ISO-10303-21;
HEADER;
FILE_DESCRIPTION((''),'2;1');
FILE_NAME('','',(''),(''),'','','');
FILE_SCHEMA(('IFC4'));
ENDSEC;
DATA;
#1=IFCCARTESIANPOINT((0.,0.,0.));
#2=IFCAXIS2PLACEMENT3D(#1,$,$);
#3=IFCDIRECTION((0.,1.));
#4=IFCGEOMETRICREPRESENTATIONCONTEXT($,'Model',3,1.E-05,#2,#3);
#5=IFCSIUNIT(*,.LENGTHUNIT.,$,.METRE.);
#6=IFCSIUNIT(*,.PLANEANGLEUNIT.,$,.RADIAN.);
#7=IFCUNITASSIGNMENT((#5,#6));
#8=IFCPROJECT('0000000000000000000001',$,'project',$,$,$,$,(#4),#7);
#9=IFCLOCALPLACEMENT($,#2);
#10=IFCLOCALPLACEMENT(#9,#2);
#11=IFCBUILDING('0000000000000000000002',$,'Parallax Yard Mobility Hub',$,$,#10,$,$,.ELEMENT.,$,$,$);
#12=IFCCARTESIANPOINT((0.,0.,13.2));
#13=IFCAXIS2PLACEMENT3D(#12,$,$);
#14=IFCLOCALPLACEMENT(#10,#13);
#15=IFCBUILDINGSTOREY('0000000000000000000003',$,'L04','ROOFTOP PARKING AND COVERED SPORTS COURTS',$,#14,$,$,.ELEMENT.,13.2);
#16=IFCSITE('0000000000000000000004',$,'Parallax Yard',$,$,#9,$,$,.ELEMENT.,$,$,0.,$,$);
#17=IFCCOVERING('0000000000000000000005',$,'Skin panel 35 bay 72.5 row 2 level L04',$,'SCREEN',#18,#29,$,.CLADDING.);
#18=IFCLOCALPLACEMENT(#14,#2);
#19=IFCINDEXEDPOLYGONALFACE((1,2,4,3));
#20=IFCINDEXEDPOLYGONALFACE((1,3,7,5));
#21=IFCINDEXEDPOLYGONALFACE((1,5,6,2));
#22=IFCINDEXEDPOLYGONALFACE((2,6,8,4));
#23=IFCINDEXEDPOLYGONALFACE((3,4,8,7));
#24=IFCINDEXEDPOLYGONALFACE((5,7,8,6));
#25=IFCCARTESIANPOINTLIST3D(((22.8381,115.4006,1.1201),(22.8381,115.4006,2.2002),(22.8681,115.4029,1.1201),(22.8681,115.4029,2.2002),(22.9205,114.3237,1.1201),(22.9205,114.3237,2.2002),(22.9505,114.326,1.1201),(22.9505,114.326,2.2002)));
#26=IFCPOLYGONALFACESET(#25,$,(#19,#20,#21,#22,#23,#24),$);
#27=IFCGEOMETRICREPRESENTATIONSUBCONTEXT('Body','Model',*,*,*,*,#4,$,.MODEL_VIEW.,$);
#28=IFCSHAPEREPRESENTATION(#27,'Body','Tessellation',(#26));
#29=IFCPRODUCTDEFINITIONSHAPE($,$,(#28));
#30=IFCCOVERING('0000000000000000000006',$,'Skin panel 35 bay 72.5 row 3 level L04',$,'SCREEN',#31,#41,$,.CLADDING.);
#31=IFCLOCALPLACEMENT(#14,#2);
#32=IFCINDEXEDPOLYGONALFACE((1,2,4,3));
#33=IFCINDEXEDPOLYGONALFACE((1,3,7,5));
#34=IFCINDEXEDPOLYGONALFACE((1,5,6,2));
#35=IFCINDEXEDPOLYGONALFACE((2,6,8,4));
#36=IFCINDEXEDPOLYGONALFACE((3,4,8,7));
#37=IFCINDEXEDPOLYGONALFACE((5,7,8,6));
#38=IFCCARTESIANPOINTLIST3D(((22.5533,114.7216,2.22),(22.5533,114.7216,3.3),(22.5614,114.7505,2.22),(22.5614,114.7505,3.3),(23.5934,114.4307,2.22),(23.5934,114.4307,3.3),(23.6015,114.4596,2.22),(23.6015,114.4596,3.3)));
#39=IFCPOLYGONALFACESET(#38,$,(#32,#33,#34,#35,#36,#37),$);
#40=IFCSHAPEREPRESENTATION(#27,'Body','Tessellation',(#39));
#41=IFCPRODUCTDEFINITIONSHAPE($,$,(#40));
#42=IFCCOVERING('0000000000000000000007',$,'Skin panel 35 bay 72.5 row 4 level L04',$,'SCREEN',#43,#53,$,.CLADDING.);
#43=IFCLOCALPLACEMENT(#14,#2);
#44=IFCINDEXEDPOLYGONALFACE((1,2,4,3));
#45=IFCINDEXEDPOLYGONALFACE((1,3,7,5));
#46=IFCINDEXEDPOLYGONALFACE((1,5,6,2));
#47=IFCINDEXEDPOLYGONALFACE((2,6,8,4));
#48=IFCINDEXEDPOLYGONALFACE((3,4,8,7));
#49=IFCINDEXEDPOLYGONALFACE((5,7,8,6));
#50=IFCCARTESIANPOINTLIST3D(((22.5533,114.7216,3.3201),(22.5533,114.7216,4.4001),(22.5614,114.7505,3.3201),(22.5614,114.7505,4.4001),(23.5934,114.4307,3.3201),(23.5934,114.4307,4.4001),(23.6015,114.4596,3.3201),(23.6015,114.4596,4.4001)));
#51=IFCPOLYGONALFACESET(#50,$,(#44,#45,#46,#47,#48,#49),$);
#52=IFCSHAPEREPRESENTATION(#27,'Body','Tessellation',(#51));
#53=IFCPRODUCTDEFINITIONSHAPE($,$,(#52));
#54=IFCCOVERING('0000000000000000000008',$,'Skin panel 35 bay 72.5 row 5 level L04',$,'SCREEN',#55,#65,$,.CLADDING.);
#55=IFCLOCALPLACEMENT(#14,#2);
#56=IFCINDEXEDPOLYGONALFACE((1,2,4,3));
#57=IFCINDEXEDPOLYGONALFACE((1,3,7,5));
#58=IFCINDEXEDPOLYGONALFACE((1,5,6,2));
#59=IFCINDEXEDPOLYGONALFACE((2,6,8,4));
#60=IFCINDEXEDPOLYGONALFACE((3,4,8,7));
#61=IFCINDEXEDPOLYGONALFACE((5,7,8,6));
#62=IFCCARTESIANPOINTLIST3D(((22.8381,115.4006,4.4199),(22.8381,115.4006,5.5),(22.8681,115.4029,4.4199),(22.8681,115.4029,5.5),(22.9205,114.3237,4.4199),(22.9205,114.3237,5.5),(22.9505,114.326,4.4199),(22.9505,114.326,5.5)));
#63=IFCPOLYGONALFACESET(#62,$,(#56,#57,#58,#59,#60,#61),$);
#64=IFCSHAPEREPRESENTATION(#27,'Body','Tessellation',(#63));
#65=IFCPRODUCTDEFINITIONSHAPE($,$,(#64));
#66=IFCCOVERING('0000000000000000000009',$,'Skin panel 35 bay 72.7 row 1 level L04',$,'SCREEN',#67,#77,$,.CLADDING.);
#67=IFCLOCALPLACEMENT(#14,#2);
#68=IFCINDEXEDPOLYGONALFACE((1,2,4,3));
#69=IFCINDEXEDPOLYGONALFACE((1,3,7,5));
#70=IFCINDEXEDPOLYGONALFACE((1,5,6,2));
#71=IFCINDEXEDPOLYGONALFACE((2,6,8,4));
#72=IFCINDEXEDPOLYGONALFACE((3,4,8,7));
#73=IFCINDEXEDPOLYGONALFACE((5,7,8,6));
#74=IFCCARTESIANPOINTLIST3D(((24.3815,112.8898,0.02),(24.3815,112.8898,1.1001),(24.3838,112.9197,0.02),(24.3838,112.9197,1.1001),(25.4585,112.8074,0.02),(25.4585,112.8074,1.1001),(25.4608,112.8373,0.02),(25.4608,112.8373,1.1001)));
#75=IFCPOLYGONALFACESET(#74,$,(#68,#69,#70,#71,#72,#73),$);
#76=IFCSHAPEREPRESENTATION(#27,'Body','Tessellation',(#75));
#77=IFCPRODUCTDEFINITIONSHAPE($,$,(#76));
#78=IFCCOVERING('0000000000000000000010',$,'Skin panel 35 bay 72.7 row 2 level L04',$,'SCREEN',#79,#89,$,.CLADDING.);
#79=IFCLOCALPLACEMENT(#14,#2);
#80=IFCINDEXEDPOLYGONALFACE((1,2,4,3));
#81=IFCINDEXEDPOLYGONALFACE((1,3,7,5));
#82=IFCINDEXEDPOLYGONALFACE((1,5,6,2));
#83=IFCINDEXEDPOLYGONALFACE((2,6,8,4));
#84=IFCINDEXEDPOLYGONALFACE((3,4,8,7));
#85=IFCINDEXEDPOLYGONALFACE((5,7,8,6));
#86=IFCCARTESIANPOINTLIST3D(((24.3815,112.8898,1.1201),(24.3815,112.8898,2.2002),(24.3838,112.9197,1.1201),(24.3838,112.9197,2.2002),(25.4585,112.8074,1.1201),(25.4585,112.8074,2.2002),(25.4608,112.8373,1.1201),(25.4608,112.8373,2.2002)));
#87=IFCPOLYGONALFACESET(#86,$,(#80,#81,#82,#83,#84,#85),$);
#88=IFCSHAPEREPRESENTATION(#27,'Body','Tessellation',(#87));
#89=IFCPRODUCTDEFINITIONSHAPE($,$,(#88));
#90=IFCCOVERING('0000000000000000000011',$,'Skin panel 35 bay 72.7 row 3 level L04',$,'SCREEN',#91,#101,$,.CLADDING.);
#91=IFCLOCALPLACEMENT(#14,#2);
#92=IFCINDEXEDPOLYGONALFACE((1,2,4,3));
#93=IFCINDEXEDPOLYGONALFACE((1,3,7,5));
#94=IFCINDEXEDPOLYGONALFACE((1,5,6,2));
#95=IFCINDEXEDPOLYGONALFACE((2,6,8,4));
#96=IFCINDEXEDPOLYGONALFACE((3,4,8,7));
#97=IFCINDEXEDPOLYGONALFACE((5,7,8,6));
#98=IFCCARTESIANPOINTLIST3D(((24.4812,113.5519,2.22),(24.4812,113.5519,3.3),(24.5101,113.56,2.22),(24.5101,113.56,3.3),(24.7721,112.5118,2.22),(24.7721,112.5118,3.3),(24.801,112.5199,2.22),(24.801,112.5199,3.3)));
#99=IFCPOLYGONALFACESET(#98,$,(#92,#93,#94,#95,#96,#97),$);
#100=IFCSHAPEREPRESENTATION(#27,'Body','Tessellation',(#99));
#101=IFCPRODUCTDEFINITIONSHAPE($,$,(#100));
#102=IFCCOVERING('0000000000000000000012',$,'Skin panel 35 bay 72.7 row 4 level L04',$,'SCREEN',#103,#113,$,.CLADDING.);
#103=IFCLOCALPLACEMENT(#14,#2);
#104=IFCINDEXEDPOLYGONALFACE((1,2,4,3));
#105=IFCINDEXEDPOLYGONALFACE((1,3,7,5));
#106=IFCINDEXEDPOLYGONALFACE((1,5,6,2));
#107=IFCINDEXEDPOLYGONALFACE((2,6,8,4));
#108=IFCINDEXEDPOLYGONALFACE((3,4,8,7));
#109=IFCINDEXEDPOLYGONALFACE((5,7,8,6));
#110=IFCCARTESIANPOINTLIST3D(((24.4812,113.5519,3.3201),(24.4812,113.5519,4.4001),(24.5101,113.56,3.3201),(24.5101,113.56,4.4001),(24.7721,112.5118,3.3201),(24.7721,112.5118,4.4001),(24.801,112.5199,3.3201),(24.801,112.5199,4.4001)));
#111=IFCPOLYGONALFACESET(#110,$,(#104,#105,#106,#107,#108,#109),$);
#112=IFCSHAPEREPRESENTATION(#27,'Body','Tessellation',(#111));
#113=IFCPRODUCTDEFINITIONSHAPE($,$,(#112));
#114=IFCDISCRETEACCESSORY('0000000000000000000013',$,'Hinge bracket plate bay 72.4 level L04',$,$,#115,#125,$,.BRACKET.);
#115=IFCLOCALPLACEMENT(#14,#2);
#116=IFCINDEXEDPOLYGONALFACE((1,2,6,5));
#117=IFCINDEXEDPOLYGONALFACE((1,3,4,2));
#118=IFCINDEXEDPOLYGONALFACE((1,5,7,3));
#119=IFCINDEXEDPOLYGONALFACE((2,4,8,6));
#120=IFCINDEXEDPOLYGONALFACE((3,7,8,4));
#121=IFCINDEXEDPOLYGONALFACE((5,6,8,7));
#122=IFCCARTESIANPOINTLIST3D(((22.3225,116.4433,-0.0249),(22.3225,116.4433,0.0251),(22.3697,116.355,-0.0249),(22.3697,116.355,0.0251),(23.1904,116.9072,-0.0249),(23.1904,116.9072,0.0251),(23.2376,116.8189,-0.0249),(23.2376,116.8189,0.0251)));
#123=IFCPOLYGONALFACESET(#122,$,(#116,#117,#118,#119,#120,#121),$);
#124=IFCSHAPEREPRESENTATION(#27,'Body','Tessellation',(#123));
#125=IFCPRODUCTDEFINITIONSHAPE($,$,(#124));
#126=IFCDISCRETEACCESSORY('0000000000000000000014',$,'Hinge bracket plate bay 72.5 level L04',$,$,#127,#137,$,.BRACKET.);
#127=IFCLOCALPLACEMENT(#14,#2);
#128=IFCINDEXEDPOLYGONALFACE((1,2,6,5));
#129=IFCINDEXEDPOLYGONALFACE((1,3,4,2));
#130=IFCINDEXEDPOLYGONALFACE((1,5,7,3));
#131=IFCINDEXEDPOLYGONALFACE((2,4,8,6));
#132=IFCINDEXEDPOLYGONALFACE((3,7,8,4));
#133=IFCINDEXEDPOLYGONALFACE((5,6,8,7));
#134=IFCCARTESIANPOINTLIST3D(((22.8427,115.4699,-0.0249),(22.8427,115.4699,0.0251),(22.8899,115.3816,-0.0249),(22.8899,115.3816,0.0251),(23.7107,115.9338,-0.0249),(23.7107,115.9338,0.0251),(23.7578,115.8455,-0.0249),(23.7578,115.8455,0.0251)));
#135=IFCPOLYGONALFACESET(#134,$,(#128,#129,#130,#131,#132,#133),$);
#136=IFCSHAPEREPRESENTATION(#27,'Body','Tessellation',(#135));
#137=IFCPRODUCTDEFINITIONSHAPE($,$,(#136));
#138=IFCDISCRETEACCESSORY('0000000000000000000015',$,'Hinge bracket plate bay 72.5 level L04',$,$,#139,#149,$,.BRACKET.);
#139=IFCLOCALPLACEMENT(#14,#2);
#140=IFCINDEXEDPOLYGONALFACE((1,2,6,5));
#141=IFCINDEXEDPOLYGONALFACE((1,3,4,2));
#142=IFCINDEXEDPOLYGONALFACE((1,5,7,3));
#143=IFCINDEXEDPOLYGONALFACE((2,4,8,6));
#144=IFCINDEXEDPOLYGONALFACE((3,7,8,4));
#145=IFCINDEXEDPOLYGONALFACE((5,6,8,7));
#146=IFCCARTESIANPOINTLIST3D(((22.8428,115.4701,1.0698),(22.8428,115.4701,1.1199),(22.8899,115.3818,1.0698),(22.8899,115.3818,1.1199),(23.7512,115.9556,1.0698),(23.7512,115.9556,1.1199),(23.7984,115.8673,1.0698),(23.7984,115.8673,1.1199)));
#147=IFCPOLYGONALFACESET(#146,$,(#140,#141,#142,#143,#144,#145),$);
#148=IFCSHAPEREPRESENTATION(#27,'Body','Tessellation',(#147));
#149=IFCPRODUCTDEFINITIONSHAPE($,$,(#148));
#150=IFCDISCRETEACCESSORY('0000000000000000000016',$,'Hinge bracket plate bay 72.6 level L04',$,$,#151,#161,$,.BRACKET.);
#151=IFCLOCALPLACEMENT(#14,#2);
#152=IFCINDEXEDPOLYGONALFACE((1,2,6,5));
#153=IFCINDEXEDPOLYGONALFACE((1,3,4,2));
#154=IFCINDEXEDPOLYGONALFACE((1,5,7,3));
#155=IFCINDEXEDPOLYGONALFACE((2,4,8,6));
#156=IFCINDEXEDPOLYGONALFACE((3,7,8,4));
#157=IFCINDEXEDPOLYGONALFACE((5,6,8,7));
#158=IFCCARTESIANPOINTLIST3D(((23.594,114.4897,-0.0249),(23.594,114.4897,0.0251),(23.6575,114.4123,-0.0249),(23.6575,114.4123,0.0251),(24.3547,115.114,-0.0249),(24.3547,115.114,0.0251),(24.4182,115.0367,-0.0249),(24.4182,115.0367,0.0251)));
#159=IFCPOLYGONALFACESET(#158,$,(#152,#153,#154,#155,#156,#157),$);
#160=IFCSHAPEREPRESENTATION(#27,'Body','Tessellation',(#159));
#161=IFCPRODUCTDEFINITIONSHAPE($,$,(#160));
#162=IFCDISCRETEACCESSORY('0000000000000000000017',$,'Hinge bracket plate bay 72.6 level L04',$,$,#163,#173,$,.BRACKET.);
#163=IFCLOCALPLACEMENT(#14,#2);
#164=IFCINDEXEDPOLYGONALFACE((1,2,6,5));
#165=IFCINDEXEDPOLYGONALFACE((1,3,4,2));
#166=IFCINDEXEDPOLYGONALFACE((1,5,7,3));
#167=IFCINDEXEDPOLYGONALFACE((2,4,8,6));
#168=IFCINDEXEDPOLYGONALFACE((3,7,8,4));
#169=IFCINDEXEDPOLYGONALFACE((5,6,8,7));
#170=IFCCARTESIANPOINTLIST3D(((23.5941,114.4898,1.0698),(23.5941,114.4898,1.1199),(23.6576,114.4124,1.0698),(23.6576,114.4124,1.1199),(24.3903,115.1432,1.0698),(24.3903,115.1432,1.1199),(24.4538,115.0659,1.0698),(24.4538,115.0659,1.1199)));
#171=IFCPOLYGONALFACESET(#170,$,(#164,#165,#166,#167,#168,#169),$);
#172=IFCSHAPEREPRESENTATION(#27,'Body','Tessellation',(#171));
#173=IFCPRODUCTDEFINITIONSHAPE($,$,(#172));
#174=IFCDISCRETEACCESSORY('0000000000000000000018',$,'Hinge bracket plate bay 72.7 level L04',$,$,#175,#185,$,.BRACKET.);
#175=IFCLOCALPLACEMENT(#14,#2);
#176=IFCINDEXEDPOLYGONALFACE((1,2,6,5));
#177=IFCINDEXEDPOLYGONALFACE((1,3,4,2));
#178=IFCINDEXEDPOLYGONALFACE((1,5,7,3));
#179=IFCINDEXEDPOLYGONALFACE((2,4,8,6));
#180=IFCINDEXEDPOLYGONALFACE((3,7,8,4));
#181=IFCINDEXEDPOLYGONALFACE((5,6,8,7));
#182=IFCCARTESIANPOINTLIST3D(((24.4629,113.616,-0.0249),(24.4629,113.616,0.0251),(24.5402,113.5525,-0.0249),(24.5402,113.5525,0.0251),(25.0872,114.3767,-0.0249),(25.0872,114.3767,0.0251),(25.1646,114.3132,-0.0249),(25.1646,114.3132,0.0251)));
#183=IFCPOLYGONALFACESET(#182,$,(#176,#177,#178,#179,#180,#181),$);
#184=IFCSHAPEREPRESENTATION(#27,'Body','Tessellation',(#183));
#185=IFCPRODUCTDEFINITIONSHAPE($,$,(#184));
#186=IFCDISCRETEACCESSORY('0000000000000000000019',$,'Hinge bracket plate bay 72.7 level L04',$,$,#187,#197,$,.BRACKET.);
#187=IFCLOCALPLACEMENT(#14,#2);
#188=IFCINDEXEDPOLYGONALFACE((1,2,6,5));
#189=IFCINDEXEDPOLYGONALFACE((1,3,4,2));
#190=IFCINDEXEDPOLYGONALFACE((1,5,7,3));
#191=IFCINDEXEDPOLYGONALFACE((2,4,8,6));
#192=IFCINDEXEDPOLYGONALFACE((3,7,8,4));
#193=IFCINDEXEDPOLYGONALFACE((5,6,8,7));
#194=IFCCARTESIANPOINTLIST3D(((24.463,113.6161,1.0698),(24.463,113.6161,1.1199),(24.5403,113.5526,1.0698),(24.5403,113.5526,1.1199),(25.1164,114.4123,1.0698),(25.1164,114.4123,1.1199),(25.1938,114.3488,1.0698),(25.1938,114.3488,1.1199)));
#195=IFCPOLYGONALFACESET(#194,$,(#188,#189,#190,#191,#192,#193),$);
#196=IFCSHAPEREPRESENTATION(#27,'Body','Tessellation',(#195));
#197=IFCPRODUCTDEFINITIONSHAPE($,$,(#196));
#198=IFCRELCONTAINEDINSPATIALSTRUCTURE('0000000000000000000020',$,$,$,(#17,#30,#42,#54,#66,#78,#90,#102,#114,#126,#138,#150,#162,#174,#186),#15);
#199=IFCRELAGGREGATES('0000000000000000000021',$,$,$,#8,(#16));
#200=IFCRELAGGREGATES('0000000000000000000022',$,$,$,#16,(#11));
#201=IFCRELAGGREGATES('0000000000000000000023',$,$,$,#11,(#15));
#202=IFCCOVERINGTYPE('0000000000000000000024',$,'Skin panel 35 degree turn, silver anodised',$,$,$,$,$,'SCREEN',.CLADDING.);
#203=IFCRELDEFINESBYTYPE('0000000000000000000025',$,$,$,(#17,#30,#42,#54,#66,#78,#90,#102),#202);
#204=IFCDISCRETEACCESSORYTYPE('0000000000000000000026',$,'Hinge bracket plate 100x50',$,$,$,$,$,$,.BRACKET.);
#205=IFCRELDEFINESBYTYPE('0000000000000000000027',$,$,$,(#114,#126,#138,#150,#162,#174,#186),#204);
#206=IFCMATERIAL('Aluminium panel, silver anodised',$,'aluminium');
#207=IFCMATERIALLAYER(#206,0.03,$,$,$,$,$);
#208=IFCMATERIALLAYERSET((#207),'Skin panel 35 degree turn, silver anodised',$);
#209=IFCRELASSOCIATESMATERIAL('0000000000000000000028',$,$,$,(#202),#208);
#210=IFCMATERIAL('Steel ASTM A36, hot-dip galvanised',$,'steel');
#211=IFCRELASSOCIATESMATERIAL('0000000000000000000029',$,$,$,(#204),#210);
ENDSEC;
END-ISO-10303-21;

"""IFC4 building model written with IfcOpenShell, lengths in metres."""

from ifc_helpers import new_model, si_unit, direction, frame, origin, origin_2d, place, context, subcontext, project, spatial, rectangle, extrude, material, layer, layer_set, type_object, element, save


model = new_model("IFC4")

# Units and contexts
model_context = context("Model", 3, precision=1e-05, world=origin(), true_north=direction((0.0, 1.0)))
body_context = subcontext(model_context, "Body", "Model", "MODEL_VIEW")
ifc_project = project(units=[si_unit("LENGTHUNIT", "METRE"), si_unit("PLANEANGLEUNIT", "RADIAN")], contexts=[model_context])

# Site, building, storey
site_placement = place(None, origin())
site = spatial("IfcSite", under=ifc_project, at=site_placement, Name="Parallax Yard", CompositionType="ELEMENT", RefElevation=0.0)
building_placement = place(site_placement, origin())
building = spatial("IfcBuilding", under=site, at=building_placement, Name="Parallax Yard Mobility Hub", CompositionType="ELEMENT")
storey_placement = place(building_placement, frame((0.0, 0.0, 13.2)))
storey = spatial("IfcBuildingStorey", under=building, at=storey_placement, Name="L04", Description="ROOFTOP PARKING AND COVERED SPORTS COURTS", CompositionType="ELEMENT", Elevation=13.2)

# Coverings
ifc_material_1 = material(Name="Aluminium panel, silver anodised", Category="aluminium")
ifc_layer_1 = layer(ifc_material_1, 0.03)
ifc_layer_set_1 = layer_set([ifc_layer_1], Name="Skin panel 35 degree turn, silver anodised")
covering_type_1 = type_object("IfcCoveringType", Name="Skin panel 35 degree turn, silver anodised", ElementType="SCREEN", PredefinedType="CLADDING", material=ifc_layer_set_1)
for number, where, z_axis, x_axis, name in (
    (1, (22.8943, 114.8633, 1.1201), (0.0, 0.0, 1.0), (0.076284, -0.997086, 0.0), "Skin panel 35 bay 72.5 row 2 level L04"),
    (2, (23.0774, 114.5906, 2.22), (0.0, 0.0, 1.0), (-0.963045, 0.26934, 0.0), "Skin panel 35 bay 72.5 row 3 level L04"),
    (3, (23.0774, 114.5906, 3.3201), (0.0, 0.0, 1.0), (-0.963045, 0.26934, 0.0), "Skin panel 35 bay 72.5 row 4 level L04"),
    (4, (22.8943, 114.8633, 4.4199), (0.0, 0.0, 1.0), (0.076284, -0.997086, 0.0), "Skin panel 35 bay 72.5 row 5 level L04"),
    (5, (24.9211, 112.8635, 0.02), (0.0, 0.0, 1.0), (-0.997086, 0.076284, 0.0), "Skin panel 35 bay 72.7 row 1 level L04"),
    (6, (24.9211, 112.8635, 1.1201), (0.0, 0.0, 1.0), (-0.997086, 0.076284, 0.0), "Skin panel 35 bay 72.7 row 2 level L04"),
    (7, (24.6411, 113.0359, 2.22), (0.0, 0.0, 1.0), (0.26934, -0.963045, 0.0), "Skin panel 35 bay 72.7 row 3 level L04"),
    (8, (24.6411, 113.0359, 3.3201), (0.0, 0.0, 1.0), (0.26934, -0.963045, 0.0), "Skin panel 35 bay 72.7 row 4 level L04"),
):
    element("IfcCovering", number, at=place(storey_placement, frame(where, z_axis=z_axis, x_axis=x_axis)), inside=storey, type_object=covering_type_1, Name=name, ObjectType="SCREEN", PredefinedType="CLADDING", context=body_context, shape_type="SweptSolid", body=[
        extrude(rectangle(XDim=1.0801, YDim=0.03, at=origin_2d()), origin(), (0.0, 0.0, 1.0), 1.0801),
    ])

# Discrete accessories
ifc_material_2 = material(Name="Steel ASTM A36, hot-dip galvanised", Category="steel")
discrete_accessory_type_1 = type_object("IfcDiscreteAccessoryType", Name="Hinge bracket plate 100x50", PredefinedType="BRACKET", material=ifc_material_2)
for number, where, z_axis, x_axis, name in (
    (9, (22.78, 116.6311, -0.0249), (0.0, 0.0, 1.0), (-0.881921, -0.471397, 0.0), "Hinge bracket plate bay 72.4 level L04"),
    (10, (23.3003, 115.6577, -0.0249), (0.0, 0.0, 1.0), (-0.881921, -0.471397, 0.0), "Hinge bracket plate bay 72.5 level L04"),
):
    element("IfcDiscreteAccessory", number, at=place(storey_placement, frame(where, z_axis=z_axis, x_axis=x_axis)), inside=storey, type_object=discrete_accessory_type_1, Name=name, PredefinedType="BRACKET", context=body_context, shape_type="SweptSolid", body=[
        extrude(rectangle(XDim=0.9841, YDim=0.1001, at=origin_2d()), origin(), (0.0, 0.0, 1.0), 0.05),
    ])
discrete_accessory_1_placement = place(storey_placement, frame((23.3206, 115.6687, 1.0698), z_axis=(0.0, 0.0, 1.0), x_axis=(-0.881921, -0.471397, 0.0)))
element("IfcDiscreteAccessory", 11, at=discrete_accessory_1_placement, inside=storey, type_object=discrete_accessory_type_1, Name="Hinge bracket plate bay 72.5 level L04", PredefinedType="BRACKET", context=body_context, shape_type="SweptSolid", body=[
    extrude(rectangle(XDim=1.03, YDim=0.1001, at=origin_2d()), origin(), (0.0, 0.0, 1.0), 0.05),
])
discrete_accessory_2_placement = place(storey_placement, frame((24.0061, 114.7632, -0.0249), z_axis=(0.0, 0.0, 1.0), x_axis=(-0.77301, -0.634393, 0.0)))
element("IfcDiscreteAccessory", 12, at=discrete_accessory_2_placement, inside=storey, type_object=discrete_accessory_type_1, Name="Hinge bracket plate bay 72.6 level L04", PredefinedType="BRACKET", context=body_context, shape_type="SweptSolid", body=[
    extrude(rectangle(XDim=0.9841, YDim=0.1001, at=origin_2d()), origin(), (0.0, 0.0, 1.0), 0.05),
])
discrete_accessory_3_placement = place(storey_placement, frame((24.0239, 114.7778, 1.0698), z_axis=(0.0, 0.0, 1.0), x_axis=(-0.77301, -0.634393, 0.0)))
element("IfcDiscreteAccessory", 13, at=discrete_accessory_3_placement, inside=storey, type_object=discrete_accessory_type_1, Name="Hinge bracket plate bay 72.6 level L04", PredefinedType="BRACKET", context=body_context, shape_type="SweptSolid", body=[
    extrude(rectangle(XDim=1.03, YDim=0.1001, at=origin_2d()), origin(), (0.0, 0.0, 1.0), 0.05),
])
discrete_accessory_4_placement = place(storey_placement, frame((24.8137, 113.9646, -0.0249), z_axis=(0.0, 0.0, 1.0), x_axis=(-0.634393, -0.77301, 0.0)))
element("IfcDiscreteAccessory", 14, at=discrete_accessory_4_placement, inside=storey, type_object=discrete_accessory_type_1, Name="Hinge bracket plate bay 72.7 level L04", PredefinedType="BRACKET", context=body_context, shape_type="SweptSolid", body=[
    extrude(rectangle(XDim=0.9841, YDim=0.1001, at=origin_2d()), origin(), (0.0, 0.0, 1.0), 0.05),
])
discrete_accessory_5_placement = place(storey_placement, frame((24.8284, 113.9824, 1.0698), z_axis=(0.0, 0.0, 1.0), x_axis=(-0.634393, -0.77301, 0.0)))
element("IfcDiscreteAccessory", 15, at=discrete_accessory_5_placement, inside=storey, type_object=discrete_accessory_type_1, Name="Hinge bracket plate bay 72.7 level L04", PredefinedType="BRACKET", context=body_context, shape_type="SweptSolid", body=[
    extrude(rectangle(XDim=1.03, YDim=0.1001, at=origin_2d()), origin(), (0.0, 0.0, 1.0), 0.05),
])

save(model, "model.ifc")
